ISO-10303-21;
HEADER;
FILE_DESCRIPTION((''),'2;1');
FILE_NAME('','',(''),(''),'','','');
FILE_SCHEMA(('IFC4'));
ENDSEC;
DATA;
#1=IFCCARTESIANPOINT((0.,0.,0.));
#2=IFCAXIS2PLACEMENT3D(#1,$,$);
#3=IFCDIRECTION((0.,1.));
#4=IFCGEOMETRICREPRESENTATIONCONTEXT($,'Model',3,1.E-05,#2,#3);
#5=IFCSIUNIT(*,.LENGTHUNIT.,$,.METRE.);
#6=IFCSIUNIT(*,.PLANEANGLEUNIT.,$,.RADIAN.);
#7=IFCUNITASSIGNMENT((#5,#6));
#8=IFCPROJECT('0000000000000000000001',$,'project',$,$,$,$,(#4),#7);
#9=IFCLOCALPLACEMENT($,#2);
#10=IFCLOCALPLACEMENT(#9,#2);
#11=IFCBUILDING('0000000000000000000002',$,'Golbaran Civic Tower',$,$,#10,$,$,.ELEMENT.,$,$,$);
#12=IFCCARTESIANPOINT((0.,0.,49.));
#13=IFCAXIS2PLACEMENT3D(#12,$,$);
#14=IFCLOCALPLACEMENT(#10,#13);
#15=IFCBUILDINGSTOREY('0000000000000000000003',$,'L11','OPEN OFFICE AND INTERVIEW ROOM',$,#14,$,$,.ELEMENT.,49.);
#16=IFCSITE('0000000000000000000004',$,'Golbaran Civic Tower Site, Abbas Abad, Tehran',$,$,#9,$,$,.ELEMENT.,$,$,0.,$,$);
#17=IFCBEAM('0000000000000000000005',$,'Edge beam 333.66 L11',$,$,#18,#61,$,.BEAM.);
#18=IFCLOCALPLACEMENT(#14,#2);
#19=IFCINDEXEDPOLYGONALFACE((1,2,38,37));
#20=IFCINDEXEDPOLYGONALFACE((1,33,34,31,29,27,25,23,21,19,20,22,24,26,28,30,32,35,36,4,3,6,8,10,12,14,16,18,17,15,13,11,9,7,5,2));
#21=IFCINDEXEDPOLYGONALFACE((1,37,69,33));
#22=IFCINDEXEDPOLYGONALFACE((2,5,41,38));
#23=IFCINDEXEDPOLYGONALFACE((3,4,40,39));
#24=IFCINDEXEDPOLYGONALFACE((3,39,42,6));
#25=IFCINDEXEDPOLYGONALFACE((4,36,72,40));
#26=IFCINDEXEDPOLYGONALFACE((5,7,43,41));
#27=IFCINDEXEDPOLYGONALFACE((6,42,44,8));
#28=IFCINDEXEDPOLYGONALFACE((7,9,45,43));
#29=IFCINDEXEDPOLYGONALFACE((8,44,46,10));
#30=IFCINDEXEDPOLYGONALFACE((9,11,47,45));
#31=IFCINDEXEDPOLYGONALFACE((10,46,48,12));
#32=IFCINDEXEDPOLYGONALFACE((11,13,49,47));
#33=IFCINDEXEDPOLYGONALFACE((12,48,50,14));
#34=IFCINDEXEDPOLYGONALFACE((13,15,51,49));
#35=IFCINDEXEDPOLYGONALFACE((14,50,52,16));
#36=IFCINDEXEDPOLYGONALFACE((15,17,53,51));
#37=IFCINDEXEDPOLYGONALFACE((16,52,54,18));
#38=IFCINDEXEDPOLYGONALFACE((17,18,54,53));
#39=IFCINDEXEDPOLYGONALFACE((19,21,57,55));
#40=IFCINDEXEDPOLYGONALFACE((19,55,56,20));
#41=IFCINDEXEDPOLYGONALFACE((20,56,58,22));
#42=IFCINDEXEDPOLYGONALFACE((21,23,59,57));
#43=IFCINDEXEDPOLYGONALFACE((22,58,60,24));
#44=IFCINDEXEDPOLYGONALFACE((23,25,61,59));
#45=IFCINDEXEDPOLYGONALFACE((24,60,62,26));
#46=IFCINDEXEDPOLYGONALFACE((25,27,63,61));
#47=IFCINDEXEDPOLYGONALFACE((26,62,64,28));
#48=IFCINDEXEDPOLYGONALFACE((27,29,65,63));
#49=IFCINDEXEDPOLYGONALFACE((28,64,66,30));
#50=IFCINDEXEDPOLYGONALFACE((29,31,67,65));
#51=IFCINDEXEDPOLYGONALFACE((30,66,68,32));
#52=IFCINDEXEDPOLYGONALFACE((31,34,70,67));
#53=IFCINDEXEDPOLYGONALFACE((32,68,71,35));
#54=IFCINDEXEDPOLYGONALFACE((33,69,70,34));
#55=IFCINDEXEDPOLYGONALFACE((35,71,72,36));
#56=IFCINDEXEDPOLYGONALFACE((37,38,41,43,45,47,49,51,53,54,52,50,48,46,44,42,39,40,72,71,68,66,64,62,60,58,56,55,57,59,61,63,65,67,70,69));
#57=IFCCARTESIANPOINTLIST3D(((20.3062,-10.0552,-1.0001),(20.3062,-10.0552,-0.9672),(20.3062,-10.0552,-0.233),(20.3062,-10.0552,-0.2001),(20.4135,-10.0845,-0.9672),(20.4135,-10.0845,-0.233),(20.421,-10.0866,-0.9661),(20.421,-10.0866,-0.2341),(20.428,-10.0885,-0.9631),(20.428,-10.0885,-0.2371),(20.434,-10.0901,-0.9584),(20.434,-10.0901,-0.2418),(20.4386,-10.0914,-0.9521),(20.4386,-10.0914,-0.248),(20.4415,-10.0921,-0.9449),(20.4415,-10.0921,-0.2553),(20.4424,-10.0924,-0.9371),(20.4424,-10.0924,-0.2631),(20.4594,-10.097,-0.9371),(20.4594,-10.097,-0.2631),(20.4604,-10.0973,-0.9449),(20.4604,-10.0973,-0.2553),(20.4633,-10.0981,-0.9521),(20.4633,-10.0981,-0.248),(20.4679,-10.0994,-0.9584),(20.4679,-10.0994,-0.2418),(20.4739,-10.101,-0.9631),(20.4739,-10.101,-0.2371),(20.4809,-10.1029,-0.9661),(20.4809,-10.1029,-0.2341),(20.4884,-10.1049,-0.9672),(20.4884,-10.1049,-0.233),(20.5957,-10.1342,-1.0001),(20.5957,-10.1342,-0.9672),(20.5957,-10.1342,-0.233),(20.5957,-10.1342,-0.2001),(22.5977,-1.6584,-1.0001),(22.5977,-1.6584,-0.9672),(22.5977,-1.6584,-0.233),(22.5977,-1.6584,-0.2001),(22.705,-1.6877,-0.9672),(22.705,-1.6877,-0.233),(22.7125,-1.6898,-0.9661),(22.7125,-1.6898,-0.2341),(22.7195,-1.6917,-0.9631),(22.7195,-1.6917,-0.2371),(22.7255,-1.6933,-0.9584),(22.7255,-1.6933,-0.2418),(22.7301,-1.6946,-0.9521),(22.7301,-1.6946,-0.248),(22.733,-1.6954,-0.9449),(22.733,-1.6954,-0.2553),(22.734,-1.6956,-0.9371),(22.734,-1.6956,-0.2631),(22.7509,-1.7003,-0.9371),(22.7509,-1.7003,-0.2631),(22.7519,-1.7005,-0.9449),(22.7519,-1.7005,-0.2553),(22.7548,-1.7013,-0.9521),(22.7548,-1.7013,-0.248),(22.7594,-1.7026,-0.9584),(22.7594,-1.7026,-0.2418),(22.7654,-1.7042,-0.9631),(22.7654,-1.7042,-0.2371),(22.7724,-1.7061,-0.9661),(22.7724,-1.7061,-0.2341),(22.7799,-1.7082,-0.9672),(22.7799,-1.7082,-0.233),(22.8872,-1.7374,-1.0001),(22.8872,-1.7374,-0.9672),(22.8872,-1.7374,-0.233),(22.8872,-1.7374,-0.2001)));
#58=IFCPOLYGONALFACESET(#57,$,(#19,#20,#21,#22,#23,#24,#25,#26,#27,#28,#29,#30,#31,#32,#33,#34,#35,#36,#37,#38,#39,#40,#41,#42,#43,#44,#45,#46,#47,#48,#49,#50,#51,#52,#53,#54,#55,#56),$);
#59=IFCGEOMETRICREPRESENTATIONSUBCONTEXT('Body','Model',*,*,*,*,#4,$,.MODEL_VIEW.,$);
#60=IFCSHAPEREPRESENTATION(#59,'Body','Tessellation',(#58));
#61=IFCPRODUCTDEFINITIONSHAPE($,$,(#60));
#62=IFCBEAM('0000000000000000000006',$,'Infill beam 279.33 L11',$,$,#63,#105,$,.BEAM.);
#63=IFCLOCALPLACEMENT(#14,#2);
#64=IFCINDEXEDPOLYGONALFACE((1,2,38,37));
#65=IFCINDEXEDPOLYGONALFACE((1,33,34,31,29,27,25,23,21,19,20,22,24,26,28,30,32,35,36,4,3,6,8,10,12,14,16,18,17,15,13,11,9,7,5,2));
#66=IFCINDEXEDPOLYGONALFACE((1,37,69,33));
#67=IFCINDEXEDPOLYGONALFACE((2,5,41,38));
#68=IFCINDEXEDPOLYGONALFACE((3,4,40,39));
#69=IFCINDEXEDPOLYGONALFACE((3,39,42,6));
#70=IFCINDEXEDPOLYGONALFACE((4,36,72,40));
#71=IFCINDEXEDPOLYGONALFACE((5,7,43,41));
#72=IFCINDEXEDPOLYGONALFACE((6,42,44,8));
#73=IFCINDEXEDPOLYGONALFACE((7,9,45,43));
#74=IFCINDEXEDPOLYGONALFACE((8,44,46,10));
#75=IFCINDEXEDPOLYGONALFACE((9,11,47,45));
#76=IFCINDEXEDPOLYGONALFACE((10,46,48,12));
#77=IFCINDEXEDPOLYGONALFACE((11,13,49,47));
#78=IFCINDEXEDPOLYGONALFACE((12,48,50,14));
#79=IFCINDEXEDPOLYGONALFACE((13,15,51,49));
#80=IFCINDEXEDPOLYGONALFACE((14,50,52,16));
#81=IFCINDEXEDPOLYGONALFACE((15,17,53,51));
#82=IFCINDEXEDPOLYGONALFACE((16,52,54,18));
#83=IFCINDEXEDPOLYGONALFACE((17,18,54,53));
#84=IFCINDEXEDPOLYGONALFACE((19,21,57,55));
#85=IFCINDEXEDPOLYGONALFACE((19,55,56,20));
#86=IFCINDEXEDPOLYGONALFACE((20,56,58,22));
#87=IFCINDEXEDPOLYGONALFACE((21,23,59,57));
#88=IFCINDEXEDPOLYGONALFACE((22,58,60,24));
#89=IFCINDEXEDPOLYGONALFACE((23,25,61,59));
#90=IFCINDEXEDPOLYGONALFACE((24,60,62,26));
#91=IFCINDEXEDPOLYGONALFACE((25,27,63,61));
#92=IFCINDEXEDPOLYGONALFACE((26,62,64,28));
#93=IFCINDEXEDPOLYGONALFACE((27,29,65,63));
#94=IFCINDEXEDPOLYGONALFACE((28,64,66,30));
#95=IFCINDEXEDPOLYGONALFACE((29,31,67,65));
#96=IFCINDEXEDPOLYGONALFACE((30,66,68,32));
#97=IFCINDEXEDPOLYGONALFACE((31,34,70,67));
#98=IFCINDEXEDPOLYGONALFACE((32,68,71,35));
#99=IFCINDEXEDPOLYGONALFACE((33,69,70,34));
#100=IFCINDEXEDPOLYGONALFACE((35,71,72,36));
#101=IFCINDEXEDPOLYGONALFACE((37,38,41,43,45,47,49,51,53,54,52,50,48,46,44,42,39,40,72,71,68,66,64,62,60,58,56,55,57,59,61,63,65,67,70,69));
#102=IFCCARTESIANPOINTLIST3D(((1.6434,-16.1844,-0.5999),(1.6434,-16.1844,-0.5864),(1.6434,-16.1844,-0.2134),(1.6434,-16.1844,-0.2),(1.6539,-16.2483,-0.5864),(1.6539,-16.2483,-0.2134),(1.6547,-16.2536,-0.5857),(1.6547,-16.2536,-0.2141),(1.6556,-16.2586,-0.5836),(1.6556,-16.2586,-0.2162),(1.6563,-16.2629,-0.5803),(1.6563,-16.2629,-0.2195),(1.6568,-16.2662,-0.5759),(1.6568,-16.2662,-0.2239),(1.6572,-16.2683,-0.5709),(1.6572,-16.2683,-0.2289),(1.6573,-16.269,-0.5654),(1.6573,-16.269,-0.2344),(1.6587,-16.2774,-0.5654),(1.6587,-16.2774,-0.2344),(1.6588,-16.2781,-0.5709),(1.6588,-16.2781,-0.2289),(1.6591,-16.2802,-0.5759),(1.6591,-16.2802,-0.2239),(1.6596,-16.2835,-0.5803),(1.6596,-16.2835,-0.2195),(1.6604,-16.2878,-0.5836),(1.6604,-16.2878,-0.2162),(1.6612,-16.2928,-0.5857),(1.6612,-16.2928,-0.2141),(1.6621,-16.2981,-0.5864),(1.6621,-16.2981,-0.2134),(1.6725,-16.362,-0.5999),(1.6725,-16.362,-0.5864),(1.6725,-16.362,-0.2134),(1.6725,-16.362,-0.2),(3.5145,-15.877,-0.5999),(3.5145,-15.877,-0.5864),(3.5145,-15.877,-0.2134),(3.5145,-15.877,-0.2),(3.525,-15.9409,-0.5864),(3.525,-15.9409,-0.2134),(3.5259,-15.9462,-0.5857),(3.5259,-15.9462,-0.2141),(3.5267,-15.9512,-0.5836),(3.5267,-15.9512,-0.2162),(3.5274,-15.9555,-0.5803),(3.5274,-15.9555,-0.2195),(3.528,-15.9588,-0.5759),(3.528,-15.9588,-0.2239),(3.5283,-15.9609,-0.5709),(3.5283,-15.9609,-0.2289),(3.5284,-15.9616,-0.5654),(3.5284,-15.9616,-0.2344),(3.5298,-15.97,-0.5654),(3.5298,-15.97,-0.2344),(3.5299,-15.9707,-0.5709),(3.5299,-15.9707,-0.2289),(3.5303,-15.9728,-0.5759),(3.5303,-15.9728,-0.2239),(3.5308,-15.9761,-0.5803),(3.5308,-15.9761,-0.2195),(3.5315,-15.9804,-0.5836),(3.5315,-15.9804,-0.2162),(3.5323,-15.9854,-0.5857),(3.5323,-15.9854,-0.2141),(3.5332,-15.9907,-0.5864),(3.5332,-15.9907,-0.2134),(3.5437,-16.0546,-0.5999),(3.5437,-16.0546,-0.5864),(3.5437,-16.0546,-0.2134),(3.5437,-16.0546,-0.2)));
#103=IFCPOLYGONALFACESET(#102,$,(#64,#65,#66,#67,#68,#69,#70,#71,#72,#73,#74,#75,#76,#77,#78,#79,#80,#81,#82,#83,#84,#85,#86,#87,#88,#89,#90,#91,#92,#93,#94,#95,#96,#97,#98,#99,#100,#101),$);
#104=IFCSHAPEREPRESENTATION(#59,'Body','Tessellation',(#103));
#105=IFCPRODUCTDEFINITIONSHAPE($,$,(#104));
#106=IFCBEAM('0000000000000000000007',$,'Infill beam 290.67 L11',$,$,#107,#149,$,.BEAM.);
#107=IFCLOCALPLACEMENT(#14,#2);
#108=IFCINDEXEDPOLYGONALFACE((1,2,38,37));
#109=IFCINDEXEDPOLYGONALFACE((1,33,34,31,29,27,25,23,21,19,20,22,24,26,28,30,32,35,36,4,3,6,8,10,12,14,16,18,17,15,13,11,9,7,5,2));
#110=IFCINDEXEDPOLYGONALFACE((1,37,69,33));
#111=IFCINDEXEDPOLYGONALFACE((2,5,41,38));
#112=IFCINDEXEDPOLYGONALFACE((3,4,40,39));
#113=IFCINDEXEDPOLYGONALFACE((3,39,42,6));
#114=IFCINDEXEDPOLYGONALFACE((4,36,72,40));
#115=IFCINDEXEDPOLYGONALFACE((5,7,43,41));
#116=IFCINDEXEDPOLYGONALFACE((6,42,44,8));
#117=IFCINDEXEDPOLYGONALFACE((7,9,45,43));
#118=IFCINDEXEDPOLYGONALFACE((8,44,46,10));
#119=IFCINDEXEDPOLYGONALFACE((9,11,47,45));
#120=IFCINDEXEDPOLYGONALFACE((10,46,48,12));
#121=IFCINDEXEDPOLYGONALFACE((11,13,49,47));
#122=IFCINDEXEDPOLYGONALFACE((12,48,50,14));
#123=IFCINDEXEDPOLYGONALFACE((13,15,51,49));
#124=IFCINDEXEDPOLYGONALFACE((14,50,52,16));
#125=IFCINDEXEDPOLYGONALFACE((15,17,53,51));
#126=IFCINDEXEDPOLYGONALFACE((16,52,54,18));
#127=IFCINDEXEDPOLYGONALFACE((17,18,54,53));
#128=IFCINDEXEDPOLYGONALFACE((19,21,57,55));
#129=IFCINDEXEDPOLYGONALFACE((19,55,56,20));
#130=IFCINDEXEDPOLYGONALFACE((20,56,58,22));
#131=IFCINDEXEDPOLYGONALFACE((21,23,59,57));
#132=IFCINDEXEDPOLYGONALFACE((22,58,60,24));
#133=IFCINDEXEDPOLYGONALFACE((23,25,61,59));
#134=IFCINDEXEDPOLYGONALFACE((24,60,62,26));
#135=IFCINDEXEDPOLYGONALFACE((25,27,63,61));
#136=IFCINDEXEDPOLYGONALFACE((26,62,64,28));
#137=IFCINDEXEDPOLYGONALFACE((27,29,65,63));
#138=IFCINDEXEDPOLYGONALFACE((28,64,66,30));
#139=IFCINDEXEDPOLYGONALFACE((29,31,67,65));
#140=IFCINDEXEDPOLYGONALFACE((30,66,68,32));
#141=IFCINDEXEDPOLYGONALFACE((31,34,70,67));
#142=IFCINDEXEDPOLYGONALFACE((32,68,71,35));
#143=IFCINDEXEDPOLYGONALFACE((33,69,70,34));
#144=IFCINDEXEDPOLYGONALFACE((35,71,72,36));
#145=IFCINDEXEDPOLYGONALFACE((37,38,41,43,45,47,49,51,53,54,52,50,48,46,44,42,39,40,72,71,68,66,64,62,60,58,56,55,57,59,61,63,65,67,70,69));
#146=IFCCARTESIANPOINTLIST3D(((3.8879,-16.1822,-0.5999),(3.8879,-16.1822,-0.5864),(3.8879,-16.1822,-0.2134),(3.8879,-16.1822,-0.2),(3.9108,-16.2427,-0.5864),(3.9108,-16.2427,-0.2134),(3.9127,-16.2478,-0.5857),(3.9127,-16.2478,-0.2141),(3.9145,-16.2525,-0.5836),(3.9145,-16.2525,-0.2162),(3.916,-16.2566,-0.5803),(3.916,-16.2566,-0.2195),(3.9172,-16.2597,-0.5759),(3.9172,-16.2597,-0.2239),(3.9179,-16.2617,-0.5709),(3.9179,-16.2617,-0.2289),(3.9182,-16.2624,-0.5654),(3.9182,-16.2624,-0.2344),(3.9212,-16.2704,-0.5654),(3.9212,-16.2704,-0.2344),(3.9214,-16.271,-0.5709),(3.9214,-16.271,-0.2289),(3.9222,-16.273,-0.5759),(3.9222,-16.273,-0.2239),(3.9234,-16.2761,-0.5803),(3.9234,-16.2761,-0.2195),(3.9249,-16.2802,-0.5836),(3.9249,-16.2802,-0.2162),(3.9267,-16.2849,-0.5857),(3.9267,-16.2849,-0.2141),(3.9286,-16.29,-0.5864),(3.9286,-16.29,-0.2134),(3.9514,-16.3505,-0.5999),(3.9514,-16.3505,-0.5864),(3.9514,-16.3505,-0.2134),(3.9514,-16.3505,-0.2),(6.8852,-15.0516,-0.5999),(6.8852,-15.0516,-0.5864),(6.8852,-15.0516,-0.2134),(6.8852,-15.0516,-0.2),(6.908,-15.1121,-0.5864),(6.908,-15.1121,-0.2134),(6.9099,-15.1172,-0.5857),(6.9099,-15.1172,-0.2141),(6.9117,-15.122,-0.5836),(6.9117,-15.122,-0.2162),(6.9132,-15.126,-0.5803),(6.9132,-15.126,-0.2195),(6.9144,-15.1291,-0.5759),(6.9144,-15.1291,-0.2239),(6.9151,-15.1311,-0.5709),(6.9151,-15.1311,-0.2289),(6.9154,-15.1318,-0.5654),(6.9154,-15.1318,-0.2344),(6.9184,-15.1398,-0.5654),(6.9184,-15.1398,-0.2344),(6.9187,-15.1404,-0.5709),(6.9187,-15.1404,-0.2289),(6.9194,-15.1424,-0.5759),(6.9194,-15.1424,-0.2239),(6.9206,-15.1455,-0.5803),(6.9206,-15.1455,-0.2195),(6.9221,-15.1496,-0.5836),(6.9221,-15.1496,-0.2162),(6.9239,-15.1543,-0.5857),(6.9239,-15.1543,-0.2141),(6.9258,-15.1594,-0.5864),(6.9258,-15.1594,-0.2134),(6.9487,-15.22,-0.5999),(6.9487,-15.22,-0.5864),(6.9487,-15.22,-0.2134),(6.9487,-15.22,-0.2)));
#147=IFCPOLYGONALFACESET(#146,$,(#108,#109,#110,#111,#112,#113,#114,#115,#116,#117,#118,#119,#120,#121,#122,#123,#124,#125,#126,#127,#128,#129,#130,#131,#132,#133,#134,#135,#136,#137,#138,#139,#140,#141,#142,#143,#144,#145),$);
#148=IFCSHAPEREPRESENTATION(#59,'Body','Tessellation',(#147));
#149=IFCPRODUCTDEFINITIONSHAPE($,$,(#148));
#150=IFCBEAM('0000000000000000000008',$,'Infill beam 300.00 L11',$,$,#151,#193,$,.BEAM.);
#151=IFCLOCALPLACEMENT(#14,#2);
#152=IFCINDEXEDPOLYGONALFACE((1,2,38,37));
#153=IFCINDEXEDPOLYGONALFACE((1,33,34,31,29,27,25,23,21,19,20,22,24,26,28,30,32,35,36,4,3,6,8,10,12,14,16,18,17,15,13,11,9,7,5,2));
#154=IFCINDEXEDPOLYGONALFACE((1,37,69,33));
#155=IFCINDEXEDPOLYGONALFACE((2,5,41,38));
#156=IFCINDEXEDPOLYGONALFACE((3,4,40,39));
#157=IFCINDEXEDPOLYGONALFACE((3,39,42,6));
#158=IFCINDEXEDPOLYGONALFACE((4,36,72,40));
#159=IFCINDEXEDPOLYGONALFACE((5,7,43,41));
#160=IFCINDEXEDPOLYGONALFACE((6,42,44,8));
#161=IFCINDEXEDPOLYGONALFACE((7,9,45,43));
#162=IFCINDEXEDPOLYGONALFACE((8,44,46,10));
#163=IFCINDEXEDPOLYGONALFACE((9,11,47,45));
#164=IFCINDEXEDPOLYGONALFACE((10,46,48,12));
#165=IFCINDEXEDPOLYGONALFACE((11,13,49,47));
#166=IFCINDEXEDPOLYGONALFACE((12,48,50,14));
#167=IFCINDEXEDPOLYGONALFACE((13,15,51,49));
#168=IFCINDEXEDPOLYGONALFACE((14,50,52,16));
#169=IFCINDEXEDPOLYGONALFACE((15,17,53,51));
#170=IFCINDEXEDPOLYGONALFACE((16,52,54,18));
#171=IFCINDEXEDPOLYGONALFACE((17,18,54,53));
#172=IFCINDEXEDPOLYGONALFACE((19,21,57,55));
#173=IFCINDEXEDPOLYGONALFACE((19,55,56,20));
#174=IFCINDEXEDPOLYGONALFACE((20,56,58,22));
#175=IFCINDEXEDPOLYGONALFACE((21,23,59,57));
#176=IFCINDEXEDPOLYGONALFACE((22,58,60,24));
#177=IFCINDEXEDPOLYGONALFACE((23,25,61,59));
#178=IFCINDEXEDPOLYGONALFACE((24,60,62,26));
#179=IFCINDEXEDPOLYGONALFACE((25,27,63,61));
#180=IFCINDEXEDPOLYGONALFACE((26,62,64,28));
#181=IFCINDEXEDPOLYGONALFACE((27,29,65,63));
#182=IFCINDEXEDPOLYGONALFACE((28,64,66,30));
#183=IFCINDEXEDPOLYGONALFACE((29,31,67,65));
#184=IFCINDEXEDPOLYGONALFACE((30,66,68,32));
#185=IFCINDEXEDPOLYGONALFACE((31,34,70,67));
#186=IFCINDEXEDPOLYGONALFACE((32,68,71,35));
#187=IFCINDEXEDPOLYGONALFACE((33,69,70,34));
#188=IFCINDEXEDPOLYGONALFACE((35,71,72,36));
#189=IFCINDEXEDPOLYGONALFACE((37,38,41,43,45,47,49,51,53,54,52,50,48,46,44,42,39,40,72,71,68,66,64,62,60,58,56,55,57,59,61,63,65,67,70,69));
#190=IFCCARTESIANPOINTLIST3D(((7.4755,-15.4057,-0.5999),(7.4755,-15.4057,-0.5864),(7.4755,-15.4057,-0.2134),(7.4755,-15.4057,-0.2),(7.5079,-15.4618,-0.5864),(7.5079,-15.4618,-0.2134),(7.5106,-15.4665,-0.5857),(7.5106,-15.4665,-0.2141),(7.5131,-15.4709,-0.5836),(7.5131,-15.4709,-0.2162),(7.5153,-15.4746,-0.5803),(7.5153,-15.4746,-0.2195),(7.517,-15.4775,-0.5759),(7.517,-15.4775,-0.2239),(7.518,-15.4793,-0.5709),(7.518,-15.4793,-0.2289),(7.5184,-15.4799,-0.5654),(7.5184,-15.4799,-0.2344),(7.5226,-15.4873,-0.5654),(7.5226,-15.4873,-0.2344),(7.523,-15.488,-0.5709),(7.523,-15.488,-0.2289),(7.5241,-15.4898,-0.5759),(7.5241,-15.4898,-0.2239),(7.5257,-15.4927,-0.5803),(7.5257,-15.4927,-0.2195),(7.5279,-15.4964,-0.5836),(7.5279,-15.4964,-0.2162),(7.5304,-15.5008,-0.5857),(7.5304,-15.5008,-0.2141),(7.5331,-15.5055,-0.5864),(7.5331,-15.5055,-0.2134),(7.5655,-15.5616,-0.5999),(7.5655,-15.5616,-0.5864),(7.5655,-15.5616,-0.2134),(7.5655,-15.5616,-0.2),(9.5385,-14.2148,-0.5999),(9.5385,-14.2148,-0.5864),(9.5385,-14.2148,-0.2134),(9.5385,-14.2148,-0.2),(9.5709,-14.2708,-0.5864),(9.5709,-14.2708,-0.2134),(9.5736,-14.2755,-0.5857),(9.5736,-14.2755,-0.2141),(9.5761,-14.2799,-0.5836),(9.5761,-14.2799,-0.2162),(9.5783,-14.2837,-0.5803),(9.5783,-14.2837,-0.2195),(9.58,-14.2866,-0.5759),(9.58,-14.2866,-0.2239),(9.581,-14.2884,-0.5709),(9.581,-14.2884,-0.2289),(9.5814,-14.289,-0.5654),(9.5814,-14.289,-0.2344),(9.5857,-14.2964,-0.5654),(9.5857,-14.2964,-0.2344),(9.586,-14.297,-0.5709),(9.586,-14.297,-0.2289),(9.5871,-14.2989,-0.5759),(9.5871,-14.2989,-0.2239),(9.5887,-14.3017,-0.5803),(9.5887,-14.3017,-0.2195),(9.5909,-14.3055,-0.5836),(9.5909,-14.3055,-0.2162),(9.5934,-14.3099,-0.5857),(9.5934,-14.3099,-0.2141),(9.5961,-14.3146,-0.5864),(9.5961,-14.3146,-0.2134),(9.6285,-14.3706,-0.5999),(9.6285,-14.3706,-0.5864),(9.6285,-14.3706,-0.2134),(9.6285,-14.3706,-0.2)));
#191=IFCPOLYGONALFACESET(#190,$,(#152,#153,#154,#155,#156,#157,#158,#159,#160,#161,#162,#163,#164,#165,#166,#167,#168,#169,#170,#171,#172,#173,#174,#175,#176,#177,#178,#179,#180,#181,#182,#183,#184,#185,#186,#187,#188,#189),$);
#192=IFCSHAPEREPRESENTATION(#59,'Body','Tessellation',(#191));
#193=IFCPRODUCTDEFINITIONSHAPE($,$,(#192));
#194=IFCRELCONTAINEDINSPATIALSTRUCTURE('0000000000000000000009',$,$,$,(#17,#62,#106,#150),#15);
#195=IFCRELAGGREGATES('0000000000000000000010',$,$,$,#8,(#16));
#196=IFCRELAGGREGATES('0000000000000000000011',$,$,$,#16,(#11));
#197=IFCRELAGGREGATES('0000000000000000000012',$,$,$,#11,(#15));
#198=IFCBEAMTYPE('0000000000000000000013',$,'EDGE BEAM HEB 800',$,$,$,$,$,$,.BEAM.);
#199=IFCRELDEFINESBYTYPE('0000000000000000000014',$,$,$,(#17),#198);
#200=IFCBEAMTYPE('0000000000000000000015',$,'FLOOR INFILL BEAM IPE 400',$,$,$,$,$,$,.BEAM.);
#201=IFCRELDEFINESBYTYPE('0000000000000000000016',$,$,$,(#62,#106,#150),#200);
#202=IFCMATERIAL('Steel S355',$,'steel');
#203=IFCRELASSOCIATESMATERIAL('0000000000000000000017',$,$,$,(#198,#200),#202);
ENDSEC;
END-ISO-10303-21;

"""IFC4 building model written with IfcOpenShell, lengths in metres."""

from ifc_helpers import new_model, si_unit, direction, frame, origin, origin_2d, place, context, subcontext, project, spatial, i_section, extrude, material, material_profile, profile_set, type_object, element, save


model = new_model("IFC4")

# Units and contexts
model_context = context("Model", 3, precision=1e-05, world=origin(), true_north=direction((0.0, 1.0)))
body_context = subcontext(model_context, "Body", "Model", "MODEL_VIEW")
ifc_project = project(units=[si_unit("LENGTHUNIT", "METRE"), si_unit("PLANEANGLEUNIT", "RADIAN")], contexts=[model_context])

# Site, building, storey
site_placement = place(None, origin())
site = spatial("IfcSite", under=ifc_project, at=site_placement, Name="Golbaran Civic Tower Site, Abbas Abad, Tehran", CompositionType="ELEMENT", RefElevation=0.0)
building_placement = place(site_placement, origin())
building = spatial("IfcBuilding", under=site, at=building_placement, Name="Golbaran Civic Tower", CompositionType="ELEMENT")
storey_placement = place(building_placement, frame((0.0, 0.0, 49.0)))
storey = spatial("IfcBuildingStorey", under=building, at=storey_placement, Name="L11", Description="OPEN OFFICE AND INTERVIEW ROOM", CompositionType="ELEMENT", Elevation=49.0)

# Beams
ifc_material_1 = material(Name="Steel S355", Category="steel")
ifc_material_profile_1 = material_profile(ifc_material_1, i_section(OverallWidth=0.3, OverallDepth=0.8, WebThickness=0.0176, FlangeThickness=0.033, FilletRadius=0.03, at=origin_2d()), Name="HEB 800")
ifc_profile_set_1 = profile_set([ifc_material_profile_1], Name="Steel S355")
beam_type_1 = type_object("IfcBeamType", Name="EDGE BEAM HEB 800", PredefinedType="BEAM", material=ifc_profile_set_1)
beam_1_placement = place(storey_placement, frame((20.4509, -10.0947, -0.6001), z_axis=(0.263276, 0.96472, 0.0), x_axis=(-0.96472, 0.263276, 0.0)))
element("IfcBeam", 1, at=beam_1_placement, inside=storey, type_object=beam_type_1, Name="Edge beam 333.66 L11", PredefinedType="BEAM", context=body_context, shape_type="SweptSolid", body=[
    extrude(i_section(OverallWidth=0.3, OverallDepth=0.8, WebThickness=0.0176, FlangeThickness=0.033, FilletRadius=0.03, at=origin_2d()), origin(), (0.0, 0.0, 1.0), 8.7039),
])
ifc_material_profile_2 = material_profile(ifc_material_1, i_section(OverallWidth=0.1799, OverallDepth=0.3999, WebThickness=0.0085, FlangeThickness=0.0134, FilletRadius=0.021, at=origin_2d()), Name="IPE 400")
ifc_profile_set_2 = profile_set([ifc_material_profile_2], Name="Steel S355")
beam_type_2 = type_object("IfcBeamType", Name="FLOOR INFILL BEAM IPE 400", PredefinedType="BEAM", material=ifc_profile_set_2)
beam_2_placement = place(storey_placement, frame((1.658, -16.2732, -0.3999), z_axis=(0.986774, 0.162102, 0.0), x_axis=(-0.162102, 0.986774, 0.0)))
element("IfcBeam", 2, at=beam_2_placement, inside=storey, type_object=beam_type_2, Name="Infill beam 279.33 L11", PredefinedType="BEAM", context=body_context, shape_type="SweptSolid", body=[
    extrude(i_section(OverallWidth=0.1799, OverallDepth=0.3999, WebThickness=0.0085, FlangeThickness=0.0134, FilletRadius=0.021, at=origin_2d()), origin(), (0.0, 0.0, 1.0), 1.8962),
])
beam_3_placement = place(storey_placement, frame((3.9197, -16.2664, -0.3999), z_axis=(0.935648, 0.352935, 0.0), x_axis=(-0.352935, 0.935648, 0.0)))
element("IfcBeam", 3, at=beam_3_placement, inside=storey, type_object=beam_type_2, Name="Infill beam 290.67 L11", PredefinedType="BEAM", context=body_context, shape_type="SweptSolid", body=[
    extrude(i_section(OverallWidth=0.1799, OverallDepth=0.3999, WebThickness=0.0085, FlangeThickness=0.0134, FilletRadius=0.021, at=origin_2d()), origin(), (0.0, 0.0, 1.0), 3.2034),
])
beam_4_placement = place(storey_placement, frame((7.5205, -15.4836, -0.3999), z_axis=(0.866052, 0.499953, 0.0), x_axis=(-0.499953, 0.866052, 0.0)))
element("IfcBeam", 4, at=beam_4_placement, inside=storey, type_object=beam_type_2, Name="Infill beam 300.00 L11", PredefinedType="BEAM", context=body_context, shape_type="SweptSolid", body=[
    extrude(i_section(OverallWidth=0.1799, OverallDepth=0.3999, WebThickness=0.0085, FlangeThickness=0.0134, FilletRadius=0.021, at=origin_2d()), origin(), (0.0, 0.0, 1.0), 2.3821),
])

save(model, "model.ifc")
